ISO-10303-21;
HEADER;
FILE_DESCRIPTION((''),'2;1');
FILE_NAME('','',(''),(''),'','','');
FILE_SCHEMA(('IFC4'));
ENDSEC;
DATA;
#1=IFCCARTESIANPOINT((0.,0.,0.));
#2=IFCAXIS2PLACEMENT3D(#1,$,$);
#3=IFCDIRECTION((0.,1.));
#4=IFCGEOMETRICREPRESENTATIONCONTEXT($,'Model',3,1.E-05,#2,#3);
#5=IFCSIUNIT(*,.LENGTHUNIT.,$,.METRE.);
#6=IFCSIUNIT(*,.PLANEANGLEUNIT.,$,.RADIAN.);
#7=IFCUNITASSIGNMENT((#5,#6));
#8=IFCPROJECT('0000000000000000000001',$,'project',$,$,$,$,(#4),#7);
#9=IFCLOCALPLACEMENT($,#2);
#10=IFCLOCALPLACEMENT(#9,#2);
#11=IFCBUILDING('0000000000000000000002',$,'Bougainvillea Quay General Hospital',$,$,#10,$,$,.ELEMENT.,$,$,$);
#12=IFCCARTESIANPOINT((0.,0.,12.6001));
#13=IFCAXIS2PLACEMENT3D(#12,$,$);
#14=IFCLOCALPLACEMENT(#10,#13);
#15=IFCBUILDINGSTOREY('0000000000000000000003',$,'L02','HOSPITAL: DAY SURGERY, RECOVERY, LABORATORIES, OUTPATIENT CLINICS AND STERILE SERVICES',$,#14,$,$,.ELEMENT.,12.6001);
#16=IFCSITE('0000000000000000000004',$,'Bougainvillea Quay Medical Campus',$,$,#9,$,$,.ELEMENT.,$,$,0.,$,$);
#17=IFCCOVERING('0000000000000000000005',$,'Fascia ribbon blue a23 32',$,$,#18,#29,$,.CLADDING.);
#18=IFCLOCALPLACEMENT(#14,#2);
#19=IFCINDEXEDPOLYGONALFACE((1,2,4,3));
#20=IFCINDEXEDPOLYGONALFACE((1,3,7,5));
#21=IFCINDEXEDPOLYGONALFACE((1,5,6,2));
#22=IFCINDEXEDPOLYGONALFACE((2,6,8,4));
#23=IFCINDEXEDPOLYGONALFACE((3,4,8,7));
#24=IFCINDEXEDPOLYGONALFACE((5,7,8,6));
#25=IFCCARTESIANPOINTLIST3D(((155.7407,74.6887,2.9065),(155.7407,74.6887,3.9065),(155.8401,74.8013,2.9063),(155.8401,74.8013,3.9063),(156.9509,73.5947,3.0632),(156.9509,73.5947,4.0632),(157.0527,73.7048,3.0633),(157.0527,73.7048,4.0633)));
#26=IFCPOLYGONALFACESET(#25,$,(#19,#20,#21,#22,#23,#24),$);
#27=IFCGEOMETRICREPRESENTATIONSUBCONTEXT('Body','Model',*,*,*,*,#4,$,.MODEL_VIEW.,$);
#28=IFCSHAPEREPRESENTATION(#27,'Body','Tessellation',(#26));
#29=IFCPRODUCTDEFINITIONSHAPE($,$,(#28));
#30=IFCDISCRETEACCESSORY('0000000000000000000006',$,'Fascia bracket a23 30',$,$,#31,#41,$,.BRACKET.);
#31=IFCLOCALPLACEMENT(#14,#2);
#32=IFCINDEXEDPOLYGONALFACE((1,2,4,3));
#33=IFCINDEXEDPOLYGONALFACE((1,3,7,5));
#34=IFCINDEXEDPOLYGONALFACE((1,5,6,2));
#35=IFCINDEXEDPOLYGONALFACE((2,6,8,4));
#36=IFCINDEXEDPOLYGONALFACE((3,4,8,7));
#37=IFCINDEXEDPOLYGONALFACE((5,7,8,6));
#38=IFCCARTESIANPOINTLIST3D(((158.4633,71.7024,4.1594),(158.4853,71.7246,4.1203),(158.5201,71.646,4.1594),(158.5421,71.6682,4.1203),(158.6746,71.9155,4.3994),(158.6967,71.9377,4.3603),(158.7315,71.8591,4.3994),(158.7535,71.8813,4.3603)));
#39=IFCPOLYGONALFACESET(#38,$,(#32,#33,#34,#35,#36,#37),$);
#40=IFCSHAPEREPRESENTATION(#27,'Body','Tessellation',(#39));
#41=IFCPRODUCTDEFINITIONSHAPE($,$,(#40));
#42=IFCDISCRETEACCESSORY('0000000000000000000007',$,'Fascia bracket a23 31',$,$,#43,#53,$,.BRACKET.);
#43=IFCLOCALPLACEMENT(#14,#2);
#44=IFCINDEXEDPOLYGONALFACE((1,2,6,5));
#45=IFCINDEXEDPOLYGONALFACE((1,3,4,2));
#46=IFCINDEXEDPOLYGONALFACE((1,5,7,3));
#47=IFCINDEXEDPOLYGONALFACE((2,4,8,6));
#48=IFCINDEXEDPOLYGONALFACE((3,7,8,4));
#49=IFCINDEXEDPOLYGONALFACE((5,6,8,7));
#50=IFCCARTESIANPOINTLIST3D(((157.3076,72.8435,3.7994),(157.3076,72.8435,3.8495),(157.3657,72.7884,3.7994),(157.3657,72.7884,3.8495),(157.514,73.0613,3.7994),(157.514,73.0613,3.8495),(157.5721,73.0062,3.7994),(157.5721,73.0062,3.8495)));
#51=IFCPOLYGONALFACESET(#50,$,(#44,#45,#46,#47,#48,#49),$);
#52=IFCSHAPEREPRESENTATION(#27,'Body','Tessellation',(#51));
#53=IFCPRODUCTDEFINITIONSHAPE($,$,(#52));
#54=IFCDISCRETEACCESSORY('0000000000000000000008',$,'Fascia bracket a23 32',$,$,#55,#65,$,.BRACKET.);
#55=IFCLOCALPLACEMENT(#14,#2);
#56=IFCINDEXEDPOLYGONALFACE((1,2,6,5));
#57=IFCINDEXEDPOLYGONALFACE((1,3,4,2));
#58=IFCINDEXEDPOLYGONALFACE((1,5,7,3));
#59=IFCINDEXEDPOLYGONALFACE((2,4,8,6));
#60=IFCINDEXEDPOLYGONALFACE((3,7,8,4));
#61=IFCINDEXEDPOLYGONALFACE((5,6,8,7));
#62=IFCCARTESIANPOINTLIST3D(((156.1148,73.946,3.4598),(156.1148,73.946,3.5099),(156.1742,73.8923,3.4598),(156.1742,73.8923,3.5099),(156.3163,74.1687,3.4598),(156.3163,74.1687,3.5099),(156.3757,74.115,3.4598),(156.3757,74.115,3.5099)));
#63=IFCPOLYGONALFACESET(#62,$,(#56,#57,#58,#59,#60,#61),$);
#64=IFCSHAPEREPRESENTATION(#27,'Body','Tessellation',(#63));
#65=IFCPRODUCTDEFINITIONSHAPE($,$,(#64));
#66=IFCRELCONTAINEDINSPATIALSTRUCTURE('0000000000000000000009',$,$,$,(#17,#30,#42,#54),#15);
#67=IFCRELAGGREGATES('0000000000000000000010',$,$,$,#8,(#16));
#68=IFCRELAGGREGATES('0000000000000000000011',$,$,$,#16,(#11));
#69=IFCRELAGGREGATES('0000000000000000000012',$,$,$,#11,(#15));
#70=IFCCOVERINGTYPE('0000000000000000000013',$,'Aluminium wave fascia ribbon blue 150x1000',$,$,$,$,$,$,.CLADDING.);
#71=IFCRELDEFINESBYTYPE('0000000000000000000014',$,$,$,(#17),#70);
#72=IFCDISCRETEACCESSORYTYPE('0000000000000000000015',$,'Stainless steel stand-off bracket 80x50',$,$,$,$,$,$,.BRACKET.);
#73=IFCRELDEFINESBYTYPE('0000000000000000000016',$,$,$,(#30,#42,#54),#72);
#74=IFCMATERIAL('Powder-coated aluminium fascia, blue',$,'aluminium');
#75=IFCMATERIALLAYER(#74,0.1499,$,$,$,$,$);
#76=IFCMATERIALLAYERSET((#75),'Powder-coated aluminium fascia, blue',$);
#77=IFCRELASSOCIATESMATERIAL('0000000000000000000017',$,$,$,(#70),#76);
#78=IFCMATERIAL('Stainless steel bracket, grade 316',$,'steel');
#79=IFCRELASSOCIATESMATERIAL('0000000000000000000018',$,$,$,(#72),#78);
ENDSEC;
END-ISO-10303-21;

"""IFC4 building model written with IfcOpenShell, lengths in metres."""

from ifc_helpers import new_model, si_unit, direction, frame, origin, origin_2d, place, context, subcontext, project, spatial, polyline, rectangle, outline, extrude, material, layer, layer_set, material_profile, profile_set, type_object, element, save


model = new_model("IFC4")

# Units and contexts
model_context = context("Model", 3, precision=1e-05, world=origin(), true_north=direction((0.0, 1.0)))
body_context = subcontext(model_context, "Body", "Model", "MODEL_VIEW")
ifc_project = project(units=[si_unit("LENGTHUNIT", "METRE"), si_unit("PLANEANGLEUNIT", "RADIAN")], contexts=[model_context])

# Site, building, storey
site_placement = place(None, origin())
site = spatial("IfcSite", under=ifc_project, at=site_placement, Name="Bougainvillea Quay Medical Campus", CompositionType="ELEMENT", RefElevation=0.0)
building_placement = place(site_placement, origin())
building = spatial("IfcBuilding", under=site, at=building_placement, Name="Bougainvillea Quay General Hospital", CompositionType="ELEMENT")
storey_placement = place(building_placement, frame((0.0, 0.0, 12.6001)))
storey = spatial("IfcBuildingStorey", under=building, at=storey_placement, Name="L02", Description="HOSPITAL: DAY SURGERY, RECOVERY, LABORATORIES, OUTPATIENT CLINICS AND STERILE SERVICES", CompositionType="ELEMENT", Elevation=12.6001)

# Covering
ifc_material_1 = material(Name="Powder-coated aluminium fascia, blue", Category="aluminium")
ifc_layer_1 = layer(ifc_material_1, 0.1499)
ifc_layer_set_1 = layer_set([ifc_layer_1], Name="Powder-coated aluminium fascia, blue")
covering_type = type_object("IfcCoveringType", Name="Aluminium wave fascia ribbon blue 150x1000", PredefinedType="CLADDING", material=ifc_layer_set_1)
covering_1_placement = place(storey_placement, frame((156.9509, 73.5947, 3.0632), z_axis=(-0.070399, 0.064698, 0.995419), x_axis=(-0.738428, 0.66752, -0.09561)))
element("IfcCovering", 1, at=covering_1_placement, inside=storey, type_object=covering_type, Name="Fascia ribbon blue a23 32", PredefinedType="CLADDING", context=body_context, shape_type="SweptSolid", body=[
    extrude(outline(polyline([(0.0, 0.0), (1.6389, 0.0), (1.6407, -0.1501), (-0.0017, -0.15), (0.0, 0.0)])), origin(), (-0.09561, 0.000782, 0.995419), 1.0),
])

# Discrete accessories
ifc_material_2 = material(Name="Stainless steel bracket, grade 316", Category="steel")
ifc_material_profile_1 = material_profile(ifc_material_2, rectangle(XDim=0.0801, YDim=0.05, at=origin_2d()))
ifc_profile_set_1 = profile_set([ifc_material_profile_1], Name="Stainless steel bracket, grade 316")
discrete_accessory_type = type_object("IfcDiscreteAccessoryType", Name="Stainless steel stand-off bracket 80x50", PredefinedType="BRACKET", material=ifc_profile_set_1)
discrete_accessory_1_placement = place(storey_placement, frame((158.5027, 71.6853, 4.1399), z_axis=(0.550091, 0.554537, 0.62441), x_axis=(-0.709947, 0.704255, 0.0)))
element("IfcDiscreteAccessory", 2, at=discrete_accessory_1_placement, inside=storey, type_object=discrete_accessory_type, Name="Fascia bracket a23 30", PredefinedType="BRACKET", context=body_context, shape_type="SweptSolid", body=[
    extrude(rectangle(XDim=0.0801, YDim=0.05, at=origin_2d()), origin(), (0.0, 0.0, 1.0), 0.3843),
])
discrete_accessory_2_placement = place(storey_placement, frame((157.3367, 72.8159, 3.8245), z_axis=(0.687722, 0.725974, 0.0), x_axis=(-0.725974, 0.687722, 0.0)))
element("IfcDiscreteAccessory", 3, at=discrete_accessory_2_placement, inside=storey, type_object=discrete_accessory_type, Name="Fascia bracket a23 31", PredefinedType="BRACKET", context=body_context, shape_type="SweptSolid", body=[
    extrude(rectangle(XDim=0.0801, YDim=0.05, at=origin_2d()), origin(), (0.0, 0.0, 1.0), 0.3),
])
discrete_accessory_3_placement = place(storey_placement, frame((156.1445, 73.9192, 3.4849), z_axis=(0.670849, 0.741594, 0.0), x_axis=(-0.741594, 0.670849, 0.0)))
element("IfcDiscreteAccessory", 4, at=discrete_accessory_3_placement, inside=storey, type_object=discrete_accessory_type, Name="Fascia bracket a23 32", PredefinedType="BRACKET", context=body_context, shape_type="SweptSolid", body=[
    extrude(rectangle(XDim=0.0801, YDim=0.05, at=origin_2d()), origin(), (0.0, 0.0, 1.0), 0.3003),
])

save(model, "model.ifc")
